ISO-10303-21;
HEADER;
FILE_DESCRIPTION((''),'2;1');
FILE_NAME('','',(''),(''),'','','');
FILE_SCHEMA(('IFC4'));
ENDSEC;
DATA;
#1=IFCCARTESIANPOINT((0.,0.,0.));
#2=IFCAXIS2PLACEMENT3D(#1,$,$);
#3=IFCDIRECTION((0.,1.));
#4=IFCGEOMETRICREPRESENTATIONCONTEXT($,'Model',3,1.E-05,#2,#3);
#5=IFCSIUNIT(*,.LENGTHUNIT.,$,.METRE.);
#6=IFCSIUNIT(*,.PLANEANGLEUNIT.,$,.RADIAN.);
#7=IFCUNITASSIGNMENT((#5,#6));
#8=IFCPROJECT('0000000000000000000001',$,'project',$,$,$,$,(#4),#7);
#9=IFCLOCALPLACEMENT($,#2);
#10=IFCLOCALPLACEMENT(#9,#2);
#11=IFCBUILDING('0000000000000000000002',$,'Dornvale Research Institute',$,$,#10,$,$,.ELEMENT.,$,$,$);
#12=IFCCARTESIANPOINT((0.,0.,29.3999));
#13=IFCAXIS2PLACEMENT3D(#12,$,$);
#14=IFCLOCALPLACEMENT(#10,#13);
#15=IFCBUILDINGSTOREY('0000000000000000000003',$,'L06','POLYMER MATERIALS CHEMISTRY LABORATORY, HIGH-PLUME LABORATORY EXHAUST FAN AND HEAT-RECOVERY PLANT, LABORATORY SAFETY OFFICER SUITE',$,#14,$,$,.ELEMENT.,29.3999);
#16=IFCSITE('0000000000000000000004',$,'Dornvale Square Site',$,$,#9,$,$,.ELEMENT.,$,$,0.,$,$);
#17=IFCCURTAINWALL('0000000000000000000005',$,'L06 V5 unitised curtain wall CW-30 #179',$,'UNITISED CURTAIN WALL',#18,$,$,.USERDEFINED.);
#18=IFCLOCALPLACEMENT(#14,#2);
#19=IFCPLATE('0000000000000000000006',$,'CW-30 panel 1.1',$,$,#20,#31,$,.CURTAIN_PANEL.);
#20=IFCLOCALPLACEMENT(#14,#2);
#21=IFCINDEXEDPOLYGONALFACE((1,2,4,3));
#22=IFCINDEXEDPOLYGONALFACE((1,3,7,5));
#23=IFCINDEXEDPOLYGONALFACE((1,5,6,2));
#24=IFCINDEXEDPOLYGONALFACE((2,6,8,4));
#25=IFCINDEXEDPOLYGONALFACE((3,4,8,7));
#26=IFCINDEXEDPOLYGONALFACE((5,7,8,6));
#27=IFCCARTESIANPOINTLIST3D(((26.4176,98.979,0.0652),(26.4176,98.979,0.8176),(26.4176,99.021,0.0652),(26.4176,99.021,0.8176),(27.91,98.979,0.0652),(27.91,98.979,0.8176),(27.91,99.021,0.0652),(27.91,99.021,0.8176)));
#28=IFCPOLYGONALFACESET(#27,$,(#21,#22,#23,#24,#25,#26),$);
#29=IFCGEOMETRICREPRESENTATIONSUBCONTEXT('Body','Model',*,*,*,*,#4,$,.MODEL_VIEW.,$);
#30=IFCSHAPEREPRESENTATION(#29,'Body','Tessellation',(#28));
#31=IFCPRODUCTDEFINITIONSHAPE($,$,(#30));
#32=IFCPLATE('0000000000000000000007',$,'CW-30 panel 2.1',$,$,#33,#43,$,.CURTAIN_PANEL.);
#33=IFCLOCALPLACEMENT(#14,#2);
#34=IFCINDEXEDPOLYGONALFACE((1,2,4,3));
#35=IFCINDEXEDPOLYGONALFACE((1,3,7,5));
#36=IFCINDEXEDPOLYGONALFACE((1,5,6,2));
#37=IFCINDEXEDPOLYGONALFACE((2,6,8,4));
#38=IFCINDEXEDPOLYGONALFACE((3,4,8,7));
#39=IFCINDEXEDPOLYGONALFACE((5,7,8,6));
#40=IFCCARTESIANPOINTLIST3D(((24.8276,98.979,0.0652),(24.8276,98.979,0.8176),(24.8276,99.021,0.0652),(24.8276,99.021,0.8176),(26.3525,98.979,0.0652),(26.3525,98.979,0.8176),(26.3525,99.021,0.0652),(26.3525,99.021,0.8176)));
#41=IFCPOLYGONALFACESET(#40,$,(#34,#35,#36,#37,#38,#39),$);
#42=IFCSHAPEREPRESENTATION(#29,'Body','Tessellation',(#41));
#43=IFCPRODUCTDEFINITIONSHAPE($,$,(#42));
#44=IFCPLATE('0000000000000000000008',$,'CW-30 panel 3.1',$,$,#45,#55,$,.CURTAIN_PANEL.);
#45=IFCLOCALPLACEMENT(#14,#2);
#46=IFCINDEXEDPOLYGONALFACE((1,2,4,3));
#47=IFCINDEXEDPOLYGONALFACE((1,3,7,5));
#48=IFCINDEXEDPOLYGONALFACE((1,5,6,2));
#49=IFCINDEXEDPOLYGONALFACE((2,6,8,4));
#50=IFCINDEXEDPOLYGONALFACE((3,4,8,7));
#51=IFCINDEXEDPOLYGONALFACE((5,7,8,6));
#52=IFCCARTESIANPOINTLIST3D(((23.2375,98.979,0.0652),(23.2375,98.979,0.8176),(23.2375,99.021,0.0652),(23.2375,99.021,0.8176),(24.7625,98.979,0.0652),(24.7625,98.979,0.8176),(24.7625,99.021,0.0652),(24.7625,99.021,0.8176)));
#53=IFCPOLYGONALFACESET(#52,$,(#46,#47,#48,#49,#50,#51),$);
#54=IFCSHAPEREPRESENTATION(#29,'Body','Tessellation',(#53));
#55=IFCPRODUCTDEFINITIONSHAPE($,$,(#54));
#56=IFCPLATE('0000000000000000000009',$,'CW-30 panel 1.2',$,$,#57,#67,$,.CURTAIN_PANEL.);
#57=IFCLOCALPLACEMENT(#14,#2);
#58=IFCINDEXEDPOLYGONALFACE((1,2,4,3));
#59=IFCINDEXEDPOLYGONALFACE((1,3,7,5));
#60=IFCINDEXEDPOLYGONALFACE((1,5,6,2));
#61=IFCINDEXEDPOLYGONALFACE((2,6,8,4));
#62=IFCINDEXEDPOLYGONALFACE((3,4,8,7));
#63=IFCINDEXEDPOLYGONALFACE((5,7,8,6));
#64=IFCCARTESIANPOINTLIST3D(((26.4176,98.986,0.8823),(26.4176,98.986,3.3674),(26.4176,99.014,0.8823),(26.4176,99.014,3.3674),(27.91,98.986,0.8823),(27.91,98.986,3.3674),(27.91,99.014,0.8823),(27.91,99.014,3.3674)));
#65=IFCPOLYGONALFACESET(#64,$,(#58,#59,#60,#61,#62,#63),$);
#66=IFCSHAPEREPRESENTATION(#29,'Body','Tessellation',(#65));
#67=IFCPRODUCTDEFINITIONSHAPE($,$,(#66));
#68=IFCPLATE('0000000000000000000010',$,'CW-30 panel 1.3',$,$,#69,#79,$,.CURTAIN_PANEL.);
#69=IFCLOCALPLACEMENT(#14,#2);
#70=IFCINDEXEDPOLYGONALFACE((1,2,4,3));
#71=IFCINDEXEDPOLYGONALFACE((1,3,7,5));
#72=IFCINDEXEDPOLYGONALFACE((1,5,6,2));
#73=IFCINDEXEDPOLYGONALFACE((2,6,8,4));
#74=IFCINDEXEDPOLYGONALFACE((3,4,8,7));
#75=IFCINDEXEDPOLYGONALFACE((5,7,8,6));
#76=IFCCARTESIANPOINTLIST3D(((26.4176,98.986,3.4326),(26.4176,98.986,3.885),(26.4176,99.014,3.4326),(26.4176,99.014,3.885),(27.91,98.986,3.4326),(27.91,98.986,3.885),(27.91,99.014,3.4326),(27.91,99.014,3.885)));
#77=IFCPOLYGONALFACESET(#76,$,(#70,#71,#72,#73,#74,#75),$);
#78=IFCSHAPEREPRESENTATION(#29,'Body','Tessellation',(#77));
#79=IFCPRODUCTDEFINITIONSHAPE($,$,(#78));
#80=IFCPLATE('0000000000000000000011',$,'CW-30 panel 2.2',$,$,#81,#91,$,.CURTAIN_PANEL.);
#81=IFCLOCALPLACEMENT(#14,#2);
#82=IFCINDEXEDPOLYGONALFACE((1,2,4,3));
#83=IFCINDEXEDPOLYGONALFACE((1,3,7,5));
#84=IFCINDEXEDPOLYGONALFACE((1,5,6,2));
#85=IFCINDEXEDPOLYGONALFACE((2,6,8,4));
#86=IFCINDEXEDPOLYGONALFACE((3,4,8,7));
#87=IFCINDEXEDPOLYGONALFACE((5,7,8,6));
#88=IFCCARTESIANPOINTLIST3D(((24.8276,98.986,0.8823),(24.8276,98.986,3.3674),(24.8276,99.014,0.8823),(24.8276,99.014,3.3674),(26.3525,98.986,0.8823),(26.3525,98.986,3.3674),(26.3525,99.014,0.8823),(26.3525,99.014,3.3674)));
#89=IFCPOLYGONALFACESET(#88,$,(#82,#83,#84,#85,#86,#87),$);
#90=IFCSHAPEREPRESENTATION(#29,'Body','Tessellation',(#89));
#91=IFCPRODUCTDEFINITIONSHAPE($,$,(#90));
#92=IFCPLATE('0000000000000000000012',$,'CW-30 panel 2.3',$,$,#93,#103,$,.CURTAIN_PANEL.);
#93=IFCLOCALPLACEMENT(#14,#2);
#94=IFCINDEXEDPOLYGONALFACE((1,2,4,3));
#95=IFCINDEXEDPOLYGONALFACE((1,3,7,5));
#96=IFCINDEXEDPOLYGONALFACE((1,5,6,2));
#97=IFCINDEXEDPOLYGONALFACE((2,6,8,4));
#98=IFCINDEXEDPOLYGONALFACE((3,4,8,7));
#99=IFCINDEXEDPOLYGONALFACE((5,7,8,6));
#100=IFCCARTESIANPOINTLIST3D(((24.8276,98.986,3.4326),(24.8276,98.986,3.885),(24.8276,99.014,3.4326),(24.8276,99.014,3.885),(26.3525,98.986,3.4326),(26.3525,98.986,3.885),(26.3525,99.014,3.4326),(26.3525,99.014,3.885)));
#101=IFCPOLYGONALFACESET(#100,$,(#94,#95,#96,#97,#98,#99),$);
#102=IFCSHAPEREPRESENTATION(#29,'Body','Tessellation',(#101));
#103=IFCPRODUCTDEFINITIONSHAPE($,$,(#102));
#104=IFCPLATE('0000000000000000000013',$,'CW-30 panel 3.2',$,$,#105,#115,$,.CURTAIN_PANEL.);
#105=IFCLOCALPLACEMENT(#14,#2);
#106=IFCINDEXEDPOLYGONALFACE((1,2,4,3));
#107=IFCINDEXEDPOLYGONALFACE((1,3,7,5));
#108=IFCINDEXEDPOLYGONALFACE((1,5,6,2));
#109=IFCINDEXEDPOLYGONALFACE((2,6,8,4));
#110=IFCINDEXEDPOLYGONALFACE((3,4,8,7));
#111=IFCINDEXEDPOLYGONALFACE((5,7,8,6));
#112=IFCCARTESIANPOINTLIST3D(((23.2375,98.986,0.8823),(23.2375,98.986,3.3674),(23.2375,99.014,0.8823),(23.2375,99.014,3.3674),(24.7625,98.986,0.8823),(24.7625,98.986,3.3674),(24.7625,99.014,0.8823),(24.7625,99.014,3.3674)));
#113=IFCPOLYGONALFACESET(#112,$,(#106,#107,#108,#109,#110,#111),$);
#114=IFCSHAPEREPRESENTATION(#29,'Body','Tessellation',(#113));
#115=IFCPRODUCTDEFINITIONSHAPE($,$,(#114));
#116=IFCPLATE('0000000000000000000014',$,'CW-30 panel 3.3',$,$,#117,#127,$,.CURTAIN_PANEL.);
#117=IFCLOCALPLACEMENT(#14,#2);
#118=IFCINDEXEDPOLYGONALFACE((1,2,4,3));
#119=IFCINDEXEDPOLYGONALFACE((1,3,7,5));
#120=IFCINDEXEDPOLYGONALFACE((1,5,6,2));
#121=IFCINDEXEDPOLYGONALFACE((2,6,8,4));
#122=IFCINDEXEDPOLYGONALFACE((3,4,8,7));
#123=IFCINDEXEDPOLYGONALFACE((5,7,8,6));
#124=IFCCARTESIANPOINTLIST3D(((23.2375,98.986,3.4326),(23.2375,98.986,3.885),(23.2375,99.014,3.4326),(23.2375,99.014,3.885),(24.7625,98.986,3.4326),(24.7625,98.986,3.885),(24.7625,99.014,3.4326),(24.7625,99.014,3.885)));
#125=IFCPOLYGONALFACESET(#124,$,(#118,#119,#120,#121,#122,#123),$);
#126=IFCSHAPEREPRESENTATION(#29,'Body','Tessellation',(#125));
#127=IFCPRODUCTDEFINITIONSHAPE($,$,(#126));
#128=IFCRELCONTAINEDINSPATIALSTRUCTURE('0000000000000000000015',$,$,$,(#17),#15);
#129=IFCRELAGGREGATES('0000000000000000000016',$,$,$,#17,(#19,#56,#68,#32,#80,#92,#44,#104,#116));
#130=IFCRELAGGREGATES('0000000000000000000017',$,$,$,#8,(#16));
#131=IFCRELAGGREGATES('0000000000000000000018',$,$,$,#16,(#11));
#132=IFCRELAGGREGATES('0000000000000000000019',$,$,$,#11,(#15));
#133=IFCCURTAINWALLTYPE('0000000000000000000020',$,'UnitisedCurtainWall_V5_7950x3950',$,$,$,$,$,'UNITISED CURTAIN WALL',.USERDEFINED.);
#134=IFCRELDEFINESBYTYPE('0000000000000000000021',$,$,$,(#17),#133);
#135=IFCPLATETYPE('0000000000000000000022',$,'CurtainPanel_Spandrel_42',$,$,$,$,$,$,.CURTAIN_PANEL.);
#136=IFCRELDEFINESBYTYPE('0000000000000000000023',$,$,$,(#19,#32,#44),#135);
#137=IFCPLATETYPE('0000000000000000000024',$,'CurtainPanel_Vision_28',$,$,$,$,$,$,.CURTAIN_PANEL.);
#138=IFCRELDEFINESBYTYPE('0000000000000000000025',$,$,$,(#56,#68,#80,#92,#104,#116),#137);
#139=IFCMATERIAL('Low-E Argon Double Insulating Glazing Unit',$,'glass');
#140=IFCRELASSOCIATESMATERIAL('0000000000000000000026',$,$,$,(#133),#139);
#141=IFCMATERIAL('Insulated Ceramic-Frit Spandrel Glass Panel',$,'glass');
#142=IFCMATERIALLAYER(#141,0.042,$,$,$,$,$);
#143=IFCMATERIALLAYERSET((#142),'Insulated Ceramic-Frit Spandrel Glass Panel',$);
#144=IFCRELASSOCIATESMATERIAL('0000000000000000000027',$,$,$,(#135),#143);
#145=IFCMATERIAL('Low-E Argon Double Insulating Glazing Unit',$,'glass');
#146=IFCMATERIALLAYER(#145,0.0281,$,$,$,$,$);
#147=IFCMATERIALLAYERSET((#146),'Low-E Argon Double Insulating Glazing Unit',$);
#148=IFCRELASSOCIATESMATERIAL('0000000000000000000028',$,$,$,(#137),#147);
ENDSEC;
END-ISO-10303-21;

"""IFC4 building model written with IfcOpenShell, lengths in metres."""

from ifc_helpers import new_model, si_unit, direction, frame, origin, origin_2d, place, context, subcontext, project, spatial, rectangle, extrude, material, layer, layer_set, type_object, element, aggregate, save


model = new_model("IFC4")

# Units and contexts
model_context = context("Model", 3, precision=1e-05, world=origin(), true_north=direction((0.0, 1.0)))
body_context = subcontext(model_context, "Body", "Model", "MODEL_VIEW")
ifc_project = project(units=[si_unit("LENGTHUNIT", "METRE"), si_unit("PLANEANGLEUNIT", "RADIAN")], contexts=[model_context])

# Site, building, storey
site_placement = place(None, origin())
site = spatial("IfcSite", under=ifc_project, at=site_placement, Name="Dornvale Square Site", CompositionType="ELEMENT", RefElevation=0.0)
building_placement = place(site_placement, origin())
building = spatial("IfcBuilding", under=site, at=building_placement, Name="Dornvale Research Institute", CompositionType="ELEMENT")
storey_placement = place(building_placement, frame((0.0, 0.0, 29.3999)))
storey = spatial("IfcBuildingStorey", under=building, at=storey_placement, Name="L06", Description="POLYMER MATERIALS CHEMISTRY LABORATORY, HIGH-PLUME LABORATORY EXHAUST FAN AND HEAT-RECOVERY PLANT, LABORATORY SAFETY OFFICER SUITE", CompositionType="ELEMENT", Elevation=29.3999)

# Curtain wall, plates
ifc_material_1 = material(Name="Low-E Argon Double Insulating Glazing Unit", Category="glass")
curtain_wall_type = type_object("IfcCurtainWallType", Name="UnitisedCurtainWall_V5_7950x3950", ElementType="UNITISED CURTAIN WALL", PredefinedType="USERDEFINED", material=ifc_material_1)
curtain_wall_placement = place(storey_placement, origin())
curtain_wall = element("IfcCurtainWall", 1, at=curtain_wall_placement, inside=storey, type_object=curtain_wall_type, Name="L06 V5 unitised curtain wall CW-30 #179", ObjectType="UNITISED CURTAIN WALL", PredefinedType="USERDEFINED")
ifc_material_2 = material(Name="Insulated Ceramic-Frit Spandrel Glass Panel", Category="glass")
ifc_layer_1 = layer(ifc_material_2, 0.042)
ifc_layer_set_1 = layer_set([ifc_layer_1], Name="Insulated Ceramic-Frit Spandrel Glass Panel")
plate_type_1 = type_object("IfcPlateType", Name="CurtainPanel_Spandrel_42", PredefinedType="CURTAIN_PANEL", material=ifc_layer_set_1)
plate_1_placement = place(storey_placement, frame((27.1638, 99.0, 0.0652), z_axis=(0.0, 0.0, 1.0), x_axis=(-1.0, 0.0, 0.0)))
plate_1 = element("IfcPlate", 2, at=plate_1_placement, type_object=plate_type_1, Name="CW-30 panel 1.1", PredefinedType="CURTAIN_PANEL", context=body_context, shape_type="SweptSolid", body=[
    extrude(rectangle(XDim=1.4924, YDim=0.042, at=origin_2d()), origin(), (0.0, 0.0, 1.0), 0.7524),
])
plate_2_placement = place(storey_placement, frame((25.5901, 99.0, 0.0652), z_axis=(0.0, 0.0, 1.0), x_axis=(-1.0, 0.0, 0.0)))
plate_2 = element("IfcPlate", 3, at=plate_2_placement, type_object=plate_type_1, Name="CW-30 panel 2.1", PredefinedType="CURTAIN_PANEL", context=body_context, shape_type="SweptSolid", body=[
    extrude(rectangle(XDim=1.5249, YDim=0.042, at=origin_2d()), origin(), (0.0, 0.0, 1.0), 0.7524),
])
plate_3_placement = place(storey_placement, frame((24.0, 99.0, 0.0652), z_axis=(0.0, 0.0, 1.0), x_axis=(-1.0, 0.0, 0.0)))
plate_3 = element("IfcPlate", 4, at=plate_3_placement, type_object=plate_type_1, Name="CW-30 panel 3.1", PredefinedType="CURTAIN_PANEL", context=body_context, shape_type="SweptSolid", body=[
    extrude(rectangle(XDim=1.5249, YDim=0.042, at=origin_2d()), origin(), (0.0, 0.0, 1.0), 0.7524),
])
ifc_material_3 = material(Name="Low-E Argon Double Insulating Glazing Unit", Category="glass")
ifc_layer_2 = layer(ifc_material_3, 0.0281)
ifc_layer_set_2 = layer_set([ifc_layer_2], Name="Low-E Argon Double Insulating Glazing Unit")
plate_type_2 = type_object("IfcPlateType", Name="CurtainPanel_Vision_28", PredefinedType="CURTAIN_PANEL", material=ifc_layer_set_2)
plate_4_placement = place(storey_placement, frame((27.1638, 99.0, 0.8823), z_axis=(0.0, 0.0, 1.0), x_axis=(-1.0, 0.0, 0.0)))
plate_4 = element("IfcPlate", 5, at=plate_4_placement, type_object=plate_type_2, Name="CW-30 panel 1.2", PredefinedType="CURTAIN_PANEL", context=body_context, shape_type="SweptSolid", body=[
    extrude(rectangle(XDim=1.4924, YDim=0.0281, at=origin_2d()), origin(), (0.0, 0.0, 1.0), 2.4851),
])
plate_5_placement = place(storey_placement, frame((27.1638, 99.0, 3.4326), z_axis=(0.0, 0.0, 1.0), x_axis=(-1.0, 0.0, 0.0)))
plate_5 = element("IfcPlate", 6, at=plate_5_placement, type_object=plate_type_2, Name="CW-30 panel 1.3", PredefinedType="CURTAIN_PANEL", context=body_context, shape_type="SweptSolid", body=[
    extrude(rectangle(XDim=1.4924, YDim=0.0281, at=origin_2d()), origin(), (0.0, 0.0, 1.0), 0.4524),
])
plate_6_placement = place(storey_placement, frame((25.5901, 99.0, 0.8823), z_axis=(0.0, 0.0, 1.0), x_axis=(-1.0, 0.0, 0.0)))
plate_6 = element("IfcPlate", 7, at=plate_6_placement, type_object=plate_type_2, Name="CW-30 panel 2.2", PredefinedType="CURTAIN_PANEL", context=body_context, shape_type="SweptSolid", body=[
    extrude(rectangle(XDim=1.5249, YDim=0.0281, at=origin_2d()), origin(), (0.0, 0.0, 1.0), 2.4851),
])
plate_7_placement = place(storey_placement, frame((25.5901, 99.0, 3.4326), z_axis=(0.0, 0.0, 1.0), x_axis=(-1.0, 0.0, 0.0)))
plate_7 = element("IfcPlate", 8, at=plate_7_placement, type_object=plate_type_2, Name="CW-30 panel 2.3", PredefinedType="CURTAIN_PANEL", context=body_context, shape_type="SweptSolid", body=[
    extrude(rectangle(XDim=1.5249, YDim=0.0281, at=origin_2d()), origin(), (0.0, 0.0, 1.0), 0.4524),
])
plate_8_placement = place(storey_placement, frame((24.0, 99.0, 0.8823), z_axis=(0.0, 0.0, 1.0), x_axis=(-1.0, 0.0, 0.0)))
plate_8 = element("IfcPlate", 9, at=plate_8_placement, type_object=plate_type_2, Name="CW-30 panel 3.2", PredefinedType="CURTAIN_PANEL", context=body_context, shape_type="SweptSolid", body=[
    extrude(rectangle(XDim=1.5249, YDim=0.0281, at=origin_2d()), origin(), (0.0, 0.0, 1.0), 2.4851),
])
plate_9_placement = place(storey_placement, frame((24.0, 99.0, 3.4326), z_axis=(0.0, 0.0, 1.0), x_axis=(-1.0, 0.0, 0.0)))
plate_9 = element("IfcPlate", 10, at=plate_9_placement, type_object=plate_type_2, Name="CW-30 panel 3.3", PredefinedType="CURTAIN_PANEL", context=body_context, shape_type="SweptSolid", body=[
    extrude(rectangle(XDim=1.5249, YDim=0.0281, at=origin_2d()), origin(), (0.0, 0.0, 1.0), 0.4524),
])
aggregate(curtain_wall, [plate_1, plate_4, plate_5, plate_2, plate_6, plate_7, plate_3, plate_8, plate_9])

save(model, "model.ifc")
